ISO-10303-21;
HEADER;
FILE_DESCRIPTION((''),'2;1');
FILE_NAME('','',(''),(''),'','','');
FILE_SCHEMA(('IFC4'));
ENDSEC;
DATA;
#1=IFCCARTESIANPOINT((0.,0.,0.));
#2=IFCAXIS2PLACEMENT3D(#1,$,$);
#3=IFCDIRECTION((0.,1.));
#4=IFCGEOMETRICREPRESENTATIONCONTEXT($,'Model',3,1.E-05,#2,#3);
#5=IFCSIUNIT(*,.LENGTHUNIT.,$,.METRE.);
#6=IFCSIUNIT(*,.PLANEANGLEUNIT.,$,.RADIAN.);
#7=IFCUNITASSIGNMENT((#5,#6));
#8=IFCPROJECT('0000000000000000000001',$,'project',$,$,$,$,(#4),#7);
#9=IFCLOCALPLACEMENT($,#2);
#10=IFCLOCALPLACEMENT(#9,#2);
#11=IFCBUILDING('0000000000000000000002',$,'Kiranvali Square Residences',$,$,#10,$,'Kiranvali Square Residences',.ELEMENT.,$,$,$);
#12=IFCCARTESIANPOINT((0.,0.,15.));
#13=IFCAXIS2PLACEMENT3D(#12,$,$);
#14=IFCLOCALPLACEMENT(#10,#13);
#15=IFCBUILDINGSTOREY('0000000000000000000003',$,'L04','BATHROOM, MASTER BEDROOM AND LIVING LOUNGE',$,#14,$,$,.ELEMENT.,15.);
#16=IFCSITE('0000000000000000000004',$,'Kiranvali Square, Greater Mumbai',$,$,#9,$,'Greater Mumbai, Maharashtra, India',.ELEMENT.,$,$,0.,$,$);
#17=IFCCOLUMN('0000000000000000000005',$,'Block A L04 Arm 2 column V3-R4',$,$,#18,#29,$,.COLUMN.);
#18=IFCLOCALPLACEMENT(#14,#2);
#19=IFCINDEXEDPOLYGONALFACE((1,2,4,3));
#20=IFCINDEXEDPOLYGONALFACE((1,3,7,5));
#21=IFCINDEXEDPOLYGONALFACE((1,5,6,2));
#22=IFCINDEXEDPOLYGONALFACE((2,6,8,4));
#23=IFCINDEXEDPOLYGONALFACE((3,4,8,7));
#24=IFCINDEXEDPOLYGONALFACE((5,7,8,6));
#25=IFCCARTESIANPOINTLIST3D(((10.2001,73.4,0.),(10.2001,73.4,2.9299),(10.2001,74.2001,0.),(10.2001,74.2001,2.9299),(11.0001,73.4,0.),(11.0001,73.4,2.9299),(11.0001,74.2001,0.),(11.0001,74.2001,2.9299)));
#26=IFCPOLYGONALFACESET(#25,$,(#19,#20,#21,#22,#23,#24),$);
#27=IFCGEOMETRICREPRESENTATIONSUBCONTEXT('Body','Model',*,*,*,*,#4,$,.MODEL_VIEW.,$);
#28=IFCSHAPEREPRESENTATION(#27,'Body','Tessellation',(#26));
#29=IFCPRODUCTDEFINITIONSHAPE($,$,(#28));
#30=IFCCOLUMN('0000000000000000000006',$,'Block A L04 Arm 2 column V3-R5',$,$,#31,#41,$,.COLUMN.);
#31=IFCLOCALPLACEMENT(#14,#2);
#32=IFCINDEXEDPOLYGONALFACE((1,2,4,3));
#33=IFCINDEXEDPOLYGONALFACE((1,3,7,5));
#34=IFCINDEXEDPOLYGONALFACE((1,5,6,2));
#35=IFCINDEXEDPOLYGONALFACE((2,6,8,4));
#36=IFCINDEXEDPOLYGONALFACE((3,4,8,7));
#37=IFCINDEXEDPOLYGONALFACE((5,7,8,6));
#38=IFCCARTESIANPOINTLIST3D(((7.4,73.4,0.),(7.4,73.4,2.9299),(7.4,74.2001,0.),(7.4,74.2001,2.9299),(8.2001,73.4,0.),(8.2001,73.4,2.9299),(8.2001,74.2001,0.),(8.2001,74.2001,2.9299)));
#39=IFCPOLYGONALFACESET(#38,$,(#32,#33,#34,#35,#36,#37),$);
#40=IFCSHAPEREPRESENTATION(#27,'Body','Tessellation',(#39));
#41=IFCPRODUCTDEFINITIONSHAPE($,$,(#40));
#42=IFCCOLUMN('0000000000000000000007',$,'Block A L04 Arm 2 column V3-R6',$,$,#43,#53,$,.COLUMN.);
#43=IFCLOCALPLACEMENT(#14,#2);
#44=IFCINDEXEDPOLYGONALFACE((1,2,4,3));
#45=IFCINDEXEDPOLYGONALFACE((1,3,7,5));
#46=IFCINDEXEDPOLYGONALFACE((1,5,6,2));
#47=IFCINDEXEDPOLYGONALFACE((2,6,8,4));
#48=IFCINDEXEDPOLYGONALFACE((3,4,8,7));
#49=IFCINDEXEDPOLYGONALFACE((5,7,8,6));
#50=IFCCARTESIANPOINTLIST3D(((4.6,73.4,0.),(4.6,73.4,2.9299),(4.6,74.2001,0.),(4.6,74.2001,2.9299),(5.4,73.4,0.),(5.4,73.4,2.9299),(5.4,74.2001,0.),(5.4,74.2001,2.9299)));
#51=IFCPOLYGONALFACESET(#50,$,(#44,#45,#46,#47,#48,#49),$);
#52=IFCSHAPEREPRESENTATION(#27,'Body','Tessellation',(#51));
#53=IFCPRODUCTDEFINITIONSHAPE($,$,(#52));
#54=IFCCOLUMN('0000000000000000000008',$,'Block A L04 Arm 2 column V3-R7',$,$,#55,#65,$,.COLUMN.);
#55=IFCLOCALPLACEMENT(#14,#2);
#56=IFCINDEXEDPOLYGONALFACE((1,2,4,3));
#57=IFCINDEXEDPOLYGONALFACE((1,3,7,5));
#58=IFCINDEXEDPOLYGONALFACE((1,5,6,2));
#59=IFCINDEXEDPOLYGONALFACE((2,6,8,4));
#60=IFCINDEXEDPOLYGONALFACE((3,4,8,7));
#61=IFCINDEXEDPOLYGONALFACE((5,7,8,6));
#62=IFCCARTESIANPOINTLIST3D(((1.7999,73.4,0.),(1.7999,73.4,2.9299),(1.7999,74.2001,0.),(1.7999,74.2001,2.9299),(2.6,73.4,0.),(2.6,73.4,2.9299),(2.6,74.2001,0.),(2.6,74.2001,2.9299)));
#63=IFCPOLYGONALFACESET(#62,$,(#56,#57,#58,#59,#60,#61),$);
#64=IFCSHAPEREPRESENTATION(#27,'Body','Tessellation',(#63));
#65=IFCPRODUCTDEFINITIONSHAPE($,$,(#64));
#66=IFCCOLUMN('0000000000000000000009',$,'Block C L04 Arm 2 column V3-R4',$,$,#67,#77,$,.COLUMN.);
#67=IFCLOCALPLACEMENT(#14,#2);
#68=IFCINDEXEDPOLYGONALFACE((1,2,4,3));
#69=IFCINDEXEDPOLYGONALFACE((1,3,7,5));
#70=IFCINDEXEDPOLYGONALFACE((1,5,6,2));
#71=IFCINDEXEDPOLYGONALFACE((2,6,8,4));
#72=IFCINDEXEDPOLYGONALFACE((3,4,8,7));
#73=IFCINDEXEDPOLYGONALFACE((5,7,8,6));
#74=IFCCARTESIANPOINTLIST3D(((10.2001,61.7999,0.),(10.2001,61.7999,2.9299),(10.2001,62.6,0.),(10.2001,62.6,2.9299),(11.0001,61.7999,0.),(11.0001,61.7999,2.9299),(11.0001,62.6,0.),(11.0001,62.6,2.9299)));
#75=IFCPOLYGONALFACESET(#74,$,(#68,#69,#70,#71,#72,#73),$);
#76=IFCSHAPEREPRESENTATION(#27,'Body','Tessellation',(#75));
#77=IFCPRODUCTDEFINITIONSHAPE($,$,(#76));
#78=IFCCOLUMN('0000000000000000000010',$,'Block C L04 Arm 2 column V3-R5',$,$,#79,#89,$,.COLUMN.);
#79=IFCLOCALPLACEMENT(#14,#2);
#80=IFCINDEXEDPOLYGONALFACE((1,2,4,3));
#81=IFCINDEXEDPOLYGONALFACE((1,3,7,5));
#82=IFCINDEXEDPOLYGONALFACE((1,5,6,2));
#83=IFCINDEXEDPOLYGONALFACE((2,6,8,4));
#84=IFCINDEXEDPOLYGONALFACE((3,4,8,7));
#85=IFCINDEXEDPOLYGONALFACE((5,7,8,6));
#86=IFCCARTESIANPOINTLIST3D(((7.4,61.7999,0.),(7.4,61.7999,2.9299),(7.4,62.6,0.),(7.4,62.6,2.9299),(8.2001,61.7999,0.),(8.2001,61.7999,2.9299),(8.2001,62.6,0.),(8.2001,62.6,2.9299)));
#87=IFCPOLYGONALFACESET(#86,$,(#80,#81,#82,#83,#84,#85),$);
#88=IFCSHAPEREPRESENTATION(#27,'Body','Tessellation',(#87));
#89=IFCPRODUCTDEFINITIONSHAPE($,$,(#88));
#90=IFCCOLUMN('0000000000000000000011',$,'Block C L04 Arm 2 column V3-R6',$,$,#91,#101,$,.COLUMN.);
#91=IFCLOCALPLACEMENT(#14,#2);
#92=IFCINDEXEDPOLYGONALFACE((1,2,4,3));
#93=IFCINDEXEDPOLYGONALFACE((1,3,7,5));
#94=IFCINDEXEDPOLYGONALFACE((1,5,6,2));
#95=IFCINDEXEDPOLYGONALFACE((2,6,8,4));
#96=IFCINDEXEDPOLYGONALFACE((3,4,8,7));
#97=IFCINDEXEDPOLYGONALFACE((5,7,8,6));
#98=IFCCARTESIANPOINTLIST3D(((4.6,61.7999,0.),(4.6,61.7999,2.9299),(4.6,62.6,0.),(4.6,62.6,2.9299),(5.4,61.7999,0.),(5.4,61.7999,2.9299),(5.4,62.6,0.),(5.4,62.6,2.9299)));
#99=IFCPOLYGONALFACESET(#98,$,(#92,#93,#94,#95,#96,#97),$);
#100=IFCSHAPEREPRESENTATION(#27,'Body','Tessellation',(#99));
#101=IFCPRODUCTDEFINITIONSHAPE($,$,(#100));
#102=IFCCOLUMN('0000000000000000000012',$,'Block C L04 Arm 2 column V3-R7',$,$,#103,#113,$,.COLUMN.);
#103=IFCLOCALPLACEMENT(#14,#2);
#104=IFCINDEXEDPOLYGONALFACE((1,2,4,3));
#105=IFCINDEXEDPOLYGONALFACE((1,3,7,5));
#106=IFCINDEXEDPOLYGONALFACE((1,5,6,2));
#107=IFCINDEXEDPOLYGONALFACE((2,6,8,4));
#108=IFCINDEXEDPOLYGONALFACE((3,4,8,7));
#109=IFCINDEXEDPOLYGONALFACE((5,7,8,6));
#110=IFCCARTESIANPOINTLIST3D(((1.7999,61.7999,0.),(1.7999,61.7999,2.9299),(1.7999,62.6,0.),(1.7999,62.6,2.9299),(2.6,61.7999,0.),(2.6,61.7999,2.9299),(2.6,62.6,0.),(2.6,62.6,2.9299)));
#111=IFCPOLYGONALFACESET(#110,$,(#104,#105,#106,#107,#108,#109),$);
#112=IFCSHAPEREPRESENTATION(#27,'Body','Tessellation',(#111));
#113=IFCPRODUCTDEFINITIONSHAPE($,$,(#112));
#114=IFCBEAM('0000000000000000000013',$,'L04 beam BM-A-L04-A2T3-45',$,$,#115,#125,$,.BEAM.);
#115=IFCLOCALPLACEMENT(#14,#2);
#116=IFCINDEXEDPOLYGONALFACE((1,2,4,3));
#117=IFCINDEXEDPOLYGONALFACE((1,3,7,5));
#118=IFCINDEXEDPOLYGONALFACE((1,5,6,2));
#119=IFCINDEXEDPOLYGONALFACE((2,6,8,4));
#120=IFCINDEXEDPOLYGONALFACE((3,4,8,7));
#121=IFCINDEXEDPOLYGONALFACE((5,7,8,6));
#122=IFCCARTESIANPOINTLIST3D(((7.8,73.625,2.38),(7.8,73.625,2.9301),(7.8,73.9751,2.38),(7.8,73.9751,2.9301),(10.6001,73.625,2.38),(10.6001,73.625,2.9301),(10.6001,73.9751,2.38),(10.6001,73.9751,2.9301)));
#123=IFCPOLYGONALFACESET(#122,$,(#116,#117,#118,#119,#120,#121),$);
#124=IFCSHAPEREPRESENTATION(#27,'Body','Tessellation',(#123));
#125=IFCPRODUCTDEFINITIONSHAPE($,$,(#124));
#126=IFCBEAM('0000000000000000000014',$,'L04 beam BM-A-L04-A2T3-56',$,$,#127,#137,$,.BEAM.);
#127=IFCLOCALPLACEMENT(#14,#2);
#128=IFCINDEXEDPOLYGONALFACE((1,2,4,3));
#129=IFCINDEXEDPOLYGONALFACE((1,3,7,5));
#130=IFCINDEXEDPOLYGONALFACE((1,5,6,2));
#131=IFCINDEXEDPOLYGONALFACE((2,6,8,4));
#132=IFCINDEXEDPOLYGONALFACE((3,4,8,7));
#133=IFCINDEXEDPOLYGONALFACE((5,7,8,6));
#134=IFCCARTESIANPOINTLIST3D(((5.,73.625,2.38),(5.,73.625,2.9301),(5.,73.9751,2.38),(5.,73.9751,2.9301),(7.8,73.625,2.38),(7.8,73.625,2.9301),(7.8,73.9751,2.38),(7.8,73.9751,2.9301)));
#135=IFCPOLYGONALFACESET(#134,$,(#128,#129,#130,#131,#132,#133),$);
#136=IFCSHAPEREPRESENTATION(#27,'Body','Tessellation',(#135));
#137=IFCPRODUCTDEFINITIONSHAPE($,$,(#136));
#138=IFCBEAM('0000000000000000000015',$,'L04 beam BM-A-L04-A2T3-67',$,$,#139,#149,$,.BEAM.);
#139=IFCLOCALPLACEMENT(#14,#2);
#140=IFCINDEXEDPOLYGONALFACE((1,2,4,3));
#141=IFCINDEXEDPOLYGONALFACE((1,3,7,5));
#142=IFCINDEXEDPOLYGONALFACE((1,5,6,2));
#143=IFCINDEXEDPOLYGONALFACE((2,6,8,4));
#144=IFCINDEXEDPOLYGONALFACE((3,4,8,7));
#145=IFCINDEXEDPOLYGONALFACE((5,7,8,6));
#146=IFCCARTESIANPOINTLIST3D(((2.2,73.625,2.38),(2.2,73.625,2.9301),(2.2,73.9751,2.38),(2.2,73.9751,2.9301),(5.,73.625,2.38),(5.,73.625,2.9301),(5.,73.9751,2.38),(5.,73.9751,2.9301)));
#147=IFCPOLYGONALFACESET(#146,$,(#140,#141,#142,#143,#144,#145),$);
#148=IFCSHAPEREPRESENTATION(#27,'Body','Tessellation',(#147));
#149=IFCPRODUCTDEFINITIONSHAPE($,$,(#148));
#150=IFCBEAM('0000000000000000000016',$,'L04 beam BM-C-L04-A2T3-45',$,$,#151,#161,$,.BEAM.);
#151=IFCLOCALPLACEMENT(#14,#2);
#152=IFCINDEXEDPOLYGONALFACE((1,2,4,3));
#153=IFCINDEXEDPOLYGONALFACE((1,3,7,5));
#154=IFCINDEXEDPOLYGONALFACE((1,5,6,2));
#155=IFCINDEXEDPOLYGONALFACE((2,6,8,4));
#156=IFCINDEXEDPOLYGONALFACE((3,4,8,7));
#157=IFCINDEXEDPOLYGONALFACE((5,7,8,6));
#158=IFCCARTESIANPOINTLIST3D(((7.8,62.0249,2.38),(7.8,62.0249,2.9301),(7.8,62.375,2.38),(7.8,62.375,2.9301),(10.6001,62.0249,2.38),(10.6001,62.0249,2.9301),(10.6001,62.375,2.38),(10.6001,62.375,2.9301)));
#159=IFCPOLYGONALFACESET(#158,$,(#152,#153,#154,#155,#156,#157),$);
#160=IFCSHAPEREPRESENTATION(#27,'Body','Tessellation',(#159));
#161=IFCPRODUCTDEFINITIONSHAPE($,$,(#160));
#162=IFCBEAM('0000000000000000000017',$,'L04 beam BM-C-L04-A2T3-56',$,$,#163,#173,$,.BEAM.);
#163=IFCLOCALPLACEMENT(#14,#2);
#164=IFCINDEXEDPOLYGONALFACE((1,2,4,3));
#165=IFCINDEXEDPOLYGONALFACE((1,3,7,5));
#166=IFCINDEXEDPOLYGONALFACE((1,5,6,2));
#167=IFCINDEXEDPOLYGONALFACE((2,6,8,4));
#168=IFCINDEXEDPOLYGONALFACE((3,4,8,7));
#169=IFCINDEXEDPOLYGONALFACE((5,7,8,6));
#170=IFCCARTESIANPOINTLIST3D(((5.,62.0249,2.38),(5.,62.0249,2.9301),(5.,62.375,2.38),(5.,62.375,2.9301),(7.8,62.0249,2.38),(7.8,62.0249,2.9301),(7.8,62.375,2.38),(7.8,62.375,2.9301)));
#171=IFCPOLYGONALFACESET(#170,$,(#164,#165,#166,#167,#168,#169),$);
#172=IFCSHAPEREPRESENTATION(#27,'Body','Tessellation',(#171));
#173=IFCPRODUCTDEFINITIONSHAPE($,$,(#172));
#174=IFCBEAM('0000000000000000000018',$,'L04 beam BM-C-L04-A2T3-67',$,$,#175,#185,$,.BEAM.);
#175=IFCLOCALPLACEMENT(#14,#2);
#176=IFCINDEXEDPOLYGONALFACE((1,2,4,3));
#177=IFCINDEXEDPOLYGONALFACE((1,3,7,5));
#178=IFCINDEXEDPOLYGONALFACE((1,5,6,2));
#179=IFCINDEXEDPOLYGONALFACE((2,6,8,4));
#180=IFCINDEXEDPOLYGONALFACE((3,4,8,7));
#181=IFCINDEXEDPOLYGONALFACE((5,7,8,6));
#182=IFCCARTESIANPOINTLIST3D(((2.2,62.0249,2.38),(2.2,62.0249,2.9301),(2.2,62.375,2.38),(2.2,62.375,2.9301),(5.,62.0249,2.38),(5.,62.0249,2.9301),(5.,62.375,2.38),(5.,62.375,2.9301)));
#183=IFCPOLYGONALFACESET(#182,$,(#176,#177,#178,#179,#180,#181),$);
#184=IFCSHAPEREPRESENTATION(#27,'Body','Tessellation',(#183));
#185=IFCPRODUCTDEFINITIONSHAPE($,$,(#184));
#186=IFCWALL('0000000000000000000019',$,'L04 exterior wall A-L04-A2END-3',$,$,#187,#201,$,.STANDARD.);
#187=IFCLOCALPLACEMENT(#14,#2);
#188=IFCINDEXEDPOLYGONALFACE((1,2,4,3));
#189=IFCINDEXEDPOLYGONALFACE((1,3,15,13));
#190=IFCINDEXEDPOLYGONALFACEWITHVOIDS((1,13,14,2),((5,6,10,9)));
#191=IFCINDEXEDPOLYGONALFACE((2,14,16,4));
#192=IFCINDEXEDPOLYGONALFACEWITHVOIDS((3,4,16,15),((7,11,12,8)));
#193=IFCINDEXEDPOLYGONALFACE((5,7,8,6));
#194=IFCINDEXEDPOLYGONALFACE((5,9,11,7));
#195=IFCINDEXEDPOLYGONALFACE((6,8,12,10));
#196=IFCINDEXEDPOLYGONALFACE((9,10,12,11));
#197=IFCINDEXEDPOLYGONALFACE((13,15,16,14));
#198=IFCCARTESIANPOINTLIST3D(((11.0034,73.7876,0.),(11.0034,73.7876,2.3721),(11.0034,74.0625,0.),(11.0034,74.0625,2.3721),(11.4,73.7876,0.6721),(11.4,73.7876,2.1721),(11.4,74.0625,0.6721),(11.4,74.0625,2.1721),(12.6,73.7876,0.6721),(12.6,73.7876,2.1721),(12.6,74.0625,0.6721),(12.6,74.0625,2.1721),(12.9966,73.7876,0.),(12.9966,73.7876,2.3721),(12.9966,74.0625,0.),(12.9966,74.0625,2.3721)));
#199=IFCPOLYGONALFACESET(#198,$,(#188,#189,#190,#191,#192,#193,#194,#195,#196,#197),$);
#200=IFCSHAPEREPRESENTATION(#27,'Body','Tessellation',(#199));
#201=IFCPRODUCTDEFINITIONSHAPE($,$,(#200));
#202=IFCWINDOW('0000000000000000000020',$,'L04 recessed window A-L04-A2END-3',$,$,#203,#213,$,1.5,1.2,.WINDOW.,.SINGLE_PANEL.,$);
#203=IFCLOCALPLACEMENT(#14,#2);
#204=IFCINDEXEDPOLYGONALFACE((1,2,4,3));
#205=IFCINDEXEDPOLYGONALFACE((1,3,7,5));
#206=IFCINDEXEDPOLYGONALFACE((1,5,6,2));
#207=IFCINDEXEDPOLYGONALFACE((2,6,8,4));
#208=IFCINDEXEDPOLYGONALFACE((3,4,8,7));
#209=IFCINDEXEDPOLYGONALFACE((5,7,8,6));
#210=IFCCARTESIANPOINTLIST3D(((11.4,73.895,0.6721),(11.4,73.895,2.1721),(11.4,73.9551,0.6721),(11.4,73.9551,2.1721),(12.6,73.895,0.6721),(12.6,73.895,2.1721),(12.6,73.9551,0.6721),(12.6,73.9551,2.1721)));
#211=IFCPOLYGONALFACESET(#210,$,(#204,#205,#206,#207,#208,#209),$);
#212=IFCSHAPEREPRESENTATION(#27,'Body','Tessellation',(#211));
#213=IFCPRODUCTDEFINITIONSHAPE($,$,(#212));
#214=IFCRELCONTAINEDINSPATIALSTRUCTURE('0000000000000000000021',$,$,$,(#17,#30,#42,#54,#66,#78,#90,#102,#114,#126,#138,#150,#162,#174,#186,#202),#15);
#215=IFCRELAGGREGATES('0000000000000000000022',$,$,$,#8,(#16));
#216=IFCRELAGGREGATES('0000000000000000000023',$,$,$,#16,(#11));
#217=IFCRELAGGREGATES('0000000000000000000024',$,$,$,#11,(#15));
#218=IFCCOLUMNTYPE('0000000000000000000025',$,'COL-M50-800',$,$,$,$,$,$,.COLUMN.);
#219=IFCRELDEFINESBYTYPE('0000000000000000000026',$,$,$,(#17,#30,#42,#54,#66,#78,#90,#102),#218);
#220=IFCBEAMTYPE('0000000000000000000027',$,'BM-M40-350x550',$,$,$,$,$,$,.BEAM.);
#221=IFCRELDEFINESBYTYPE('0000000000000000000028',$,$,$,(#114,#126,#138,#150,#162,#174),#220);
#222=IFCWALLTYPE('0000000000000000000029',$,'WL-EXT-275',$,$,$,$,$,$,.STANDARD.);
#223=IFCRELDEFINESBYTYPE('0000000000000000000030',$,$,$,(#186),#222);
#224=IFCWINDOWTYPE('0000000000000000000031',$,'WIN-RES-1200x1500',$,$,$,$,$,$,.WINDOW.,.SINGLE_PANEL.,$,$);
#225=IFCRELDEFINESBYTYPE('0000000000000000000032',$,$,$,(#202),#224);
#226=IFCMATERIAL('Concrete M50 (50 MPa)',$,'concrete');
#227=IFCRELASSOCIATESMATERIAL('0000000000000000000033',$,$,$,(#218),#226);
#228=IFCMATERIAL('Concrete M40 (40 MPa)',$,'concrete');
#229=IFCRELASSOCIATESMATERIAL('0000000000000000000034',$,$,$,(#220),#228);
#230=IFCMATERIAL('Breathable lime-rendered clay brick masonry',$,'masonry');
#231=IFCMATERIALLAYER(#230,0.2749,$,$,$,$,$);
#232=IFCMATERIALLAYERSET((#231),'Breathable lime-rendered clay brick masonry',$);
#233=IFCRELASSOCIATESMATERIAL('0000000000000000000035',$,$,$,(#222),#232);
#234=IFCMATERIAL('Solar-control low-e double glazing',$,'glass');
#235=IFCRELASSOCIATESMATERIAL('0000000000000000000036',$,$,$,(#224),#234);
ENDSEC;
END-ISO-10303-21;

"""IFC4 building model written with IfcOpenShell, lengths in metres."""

from ifc_helpers import new_model, si_unit, direction, frame, frame_2d, origin, origin_2d, place, context, subcontext, project, spatial, rectangle, extrude, material, layer, layer_set, material_profile, profile_set, type_object, element, fill, save


model = new_model("IFC4")

# Units and contexts
model_context = context("Model", 3, precision=1e-05, world=origin(), true_north=direction((0.0, 1.0)))
body_context = subcontext(model_context, "Body", "Model", "MODEL_VIEW")
ifc_project = project(units=[si_unit("LENGTHUNIT", "METRE"), si_unit("PLANEANGLEUNIT", "RADIAN")], contexts=[model_context])

# Site, building, storey
site_placement = place(None, origin())
site = spatial("IfcSite", under=ifc_project, at=site_placement, Name="Kiranvali Square, Greater Mumbai", LongName="Greater Mumbai, Maharashtra, India", CompositionType="ELEMENT", RefElevation=0.0)
building_placement = place(site_placement, origin())
building = spatial("IfcBuilding", under=site, at=building_placement, Name="Kiranvali Square Residences", LongName="Kiranvali Square Residences", CompositionType="ELEMENT")
storey_placement = place(building_placement, frame((0.0, 0.0, 15.0)))
storey = spatial("IfcBuildingStorey", under=building, at=storey_placement, Name="L04", Description="BATHROOM, MASTER BEDROOM AND LIVING LOUNGE", CompositionType="ELEMENT", Elevation=15.0)

# Columns
ifc_material_1 = material(Name="Concrete M50 (50 MPa)", Category="concrete")
ifc_material_profile_1 = material_profile(ifc_material_1, rectangle(XDim=0.8, YDim=0.8, at=origin_2d()), Name="RC 800x800")
ifc_profile_set_1 = profile_set([ifc_material_profile_1], Name="Concrete M50 (50 MPa)")
column_type = type_object("IfcColumnType", Name="COL-M50-800", PredefinedType="COLUMN", material=ifc_profile_set_1)
for number, where, z_axis, x_axis, name in (
    (1, (10.6001, 73.8, 0.0), (0.0, 0.0, 1.0), (1.0, 0.0, 0.0), "Block A L04 Arm 2 column V3-R4"),
    (2, (7.8, 73.8, 0.0), (0.0, 0.0, 1.0), (1.0, 0.0, 0.0), "Block A L04 Arm 2 column V3-R5"),
    (3, (5.0, 73.8, 0.0), (0.0, 0.0, 1.0), (1.0, 0.0, 0.0), "Block A L04 Arm 2 column V3-R6"),
    (4, (2.2, 73.8, 0.0), (0.0, 0.0, 1.0), (1.0, 0.0, 0.0), "Block A L04 Arm 2 column V3-R7"),
    (5, (10.6001, 62.2, 0.0), (0.0, 0.0, 1.0), (1.0, 0.0, 0.0), "Block C L04 Arm 2 column V3-R4"),
    (6, (7.8, 62.2, 0.0), (0.0, 0.0, 1.0), (1.0, 0.0, 0.0), "Block C L04 Arm 2 column V3-R5"),
    (7, (5.0, 62.2, 0.0), (0.0, 0.0, 1.0), (1.0, 0.0, 0.0), "Block C L04 Arm 2 column V3-R6"),
    (8, (2.2, 62.2, 0.0), (0.0, 0.0, 1.0), (1.0, 0.0, 0.0), "Block C L04 Arm 2 column V3-R7"),
):
    element("IfcColumn", number, at=place(storey_placement, frame(where, z_axis=z_axis, x_axis=x_axis)), inside=storey, type_object=column_type, Name=name, PredefinedType="COLUMN", context=body_context, shape_type="SweptSolid", body=[
        extrude(rectangle(XDim=0.8, YDim=0.8, at=origin_2d()), origin(), (0.0, 0.0, 1.0), 2.9299),
    ])

# Beams
ifc_material_2 = material(Name="Concrete M40 (40 MPa)", Category="concrete")
ifc_material_profile_2 = material_profile(ifc_material_2, rectangle(XDim=0.3501, YDim=0.55, at=origin_2d()), Name="RC 350x550")
ifc_profile_set_2 = profile_set([ifc_material_profile_2], Name="Concrete M40 (40 MPa)")
beam_type = type_object("IfcBeamType", Name="BM-M40-350x550", PredefinedType="BEAM", material=ifc_profile_set_2)
for number, where, z_axis, x_axis, name in (
    (9, (10.6001, 73.8, 2.655), (-1.0, 0.0, 0.0), (0.0, -1.0, 0.0), "L04 beam BM-A-L04-A2T3-45"),
    (10, (7.8, 73.8, 2.655), (-1.0, 0.0, 0.0), (0.0, -1.0, 0.0), "L04 beam BM-A-L04-A2T3-56"),
    (11, (5.0, 73.8, 2.655), (-1.0, 0.0, 0.0), (0.0, -1.0, 0.0), "L04 beam BM-A-L04-A2T3-67"),
    (12, (10.6001, 62.2, 2.655), (-1.0, 0.0, 0.0), (0.0, -1.0, 0.0), "L04 beam BM-C-L04-A2T3-45"),
    (13, (7.8, 62.2, 2.655), (-1.0, 0.0, 0.0), (0.0, -1.0, 0.0), "L04 beam BM-C-L04-A2T3-56"),
    (14, (5.0, 62.2, 2.655), (-1.0, 0.0, 0.0), (0.0, -1.0, 0.0), "L04 beam BM-C-L04-A2T3-67"),
):
    element("IfcBeam", number, at=place(storey_placement, frame(where, z_axis=z_axis, x_axis=x_axis)), inside=storey, type_object=beam_type, Name=name, PredefinedType="BEAM", context=body_context, shape_type="SweptSolid", body=[
        extrude(rectangle(XDim=0.3501, YDim=0.55, at=origin_2d()), origin(), (0.0, 0.0, 1.0), 2.8),
    ])

# Wall, opening, window
ifc_material_3 = material(Name="Breathable lime-rendered clay brick masonry", Category="masonry")
ifc_layer = layer(ifc_material_3, 0.2749)
ifc_layer_set = layer_set([ifc_layer], Name="Breathable lime-rendered clay brick masonry")
wall_type = type_object("IfcWallType", Name="WL-EXT-275", PredefinedType="STANDARD", material=ifc_layer_set)
wall_1_placement = place(storey_placement, frame((12.9966, 73.925, 0.0), z_axis=(0.0, 0.0, 1.0), x_axis=(-1.0, 0.0, 0.0)))
wall_1 = element("IfcWall", 15, at=wall_1_placement, inside=storey, type_object=wall_type, Name="L04 exterior wall A-L04-A2END-3", PredefinedType="STANDARD", context=body_context, shape_type="SweptSolid", body=[
    extrude(rectangle(XDim=1.9932, YDim=0.2749, at=frame_2d((0.9966, 0.0))), origin(), (0.0, 0.0, 1.0), 2.3721),
])
opening_1_placement = place(wall_1_placement, frame((0.3965, 0.0, 0.6721)))
opening_1 = element("IfcOpeningElement", 16, at=opening_1_placement, cuts=wall_1, PredefinedType="OPENING", context=body_context, shape_type="SweptSolid", body=[
    extrude(rectangle(XDim=1.2, YDim=1.5, at=frame_2d((0.6001, 0.75))), frame((0.0, 0.1475, 0.0), z_axis=(0.0, -1.0, 0.0), x_axis=(1.0, 0.0, 0.0)), (0.0, 0.0, 1.0), 0.2949),
])
ifc_material_4 = material(Name="Solar-control low-e double glazing", Category="glass")
window_type = type_object("IfcWindowType", Name="WIN-RES-1200x1500", PartitioningType="SINGLE_PANEL", PredefinedType="WINDOW", material=ifc_material_4)
window_1_placement = place(opening_1_placement, origin())
window_1 = element("IfcWindow", 17, at=window_1_placement, inside=storey, type_object=window_type, Name="L04 recessed window A-L04-A2END-3", OverallHeight=1.5, OverallWidth=1.2, PartitioningType="SINGLE_PANEL", PredefinedType="WINDOW", context=body_context, shape_type="SweptSolid", body=[
    extrude(rectangle(XDim=1.2, YDim=1.5, at=frame_2d((0.6001, 0.75))), frame((0.0, 0.03, 0.0), z_axis=(0.0, -1.0, 0.0), x_axis=(1.0, 0.0, 0.0)), (0.0, 0.0, 1.0), 0.0601),
])
fill(opening_1, window_1)

save(model, "model.ifc")
